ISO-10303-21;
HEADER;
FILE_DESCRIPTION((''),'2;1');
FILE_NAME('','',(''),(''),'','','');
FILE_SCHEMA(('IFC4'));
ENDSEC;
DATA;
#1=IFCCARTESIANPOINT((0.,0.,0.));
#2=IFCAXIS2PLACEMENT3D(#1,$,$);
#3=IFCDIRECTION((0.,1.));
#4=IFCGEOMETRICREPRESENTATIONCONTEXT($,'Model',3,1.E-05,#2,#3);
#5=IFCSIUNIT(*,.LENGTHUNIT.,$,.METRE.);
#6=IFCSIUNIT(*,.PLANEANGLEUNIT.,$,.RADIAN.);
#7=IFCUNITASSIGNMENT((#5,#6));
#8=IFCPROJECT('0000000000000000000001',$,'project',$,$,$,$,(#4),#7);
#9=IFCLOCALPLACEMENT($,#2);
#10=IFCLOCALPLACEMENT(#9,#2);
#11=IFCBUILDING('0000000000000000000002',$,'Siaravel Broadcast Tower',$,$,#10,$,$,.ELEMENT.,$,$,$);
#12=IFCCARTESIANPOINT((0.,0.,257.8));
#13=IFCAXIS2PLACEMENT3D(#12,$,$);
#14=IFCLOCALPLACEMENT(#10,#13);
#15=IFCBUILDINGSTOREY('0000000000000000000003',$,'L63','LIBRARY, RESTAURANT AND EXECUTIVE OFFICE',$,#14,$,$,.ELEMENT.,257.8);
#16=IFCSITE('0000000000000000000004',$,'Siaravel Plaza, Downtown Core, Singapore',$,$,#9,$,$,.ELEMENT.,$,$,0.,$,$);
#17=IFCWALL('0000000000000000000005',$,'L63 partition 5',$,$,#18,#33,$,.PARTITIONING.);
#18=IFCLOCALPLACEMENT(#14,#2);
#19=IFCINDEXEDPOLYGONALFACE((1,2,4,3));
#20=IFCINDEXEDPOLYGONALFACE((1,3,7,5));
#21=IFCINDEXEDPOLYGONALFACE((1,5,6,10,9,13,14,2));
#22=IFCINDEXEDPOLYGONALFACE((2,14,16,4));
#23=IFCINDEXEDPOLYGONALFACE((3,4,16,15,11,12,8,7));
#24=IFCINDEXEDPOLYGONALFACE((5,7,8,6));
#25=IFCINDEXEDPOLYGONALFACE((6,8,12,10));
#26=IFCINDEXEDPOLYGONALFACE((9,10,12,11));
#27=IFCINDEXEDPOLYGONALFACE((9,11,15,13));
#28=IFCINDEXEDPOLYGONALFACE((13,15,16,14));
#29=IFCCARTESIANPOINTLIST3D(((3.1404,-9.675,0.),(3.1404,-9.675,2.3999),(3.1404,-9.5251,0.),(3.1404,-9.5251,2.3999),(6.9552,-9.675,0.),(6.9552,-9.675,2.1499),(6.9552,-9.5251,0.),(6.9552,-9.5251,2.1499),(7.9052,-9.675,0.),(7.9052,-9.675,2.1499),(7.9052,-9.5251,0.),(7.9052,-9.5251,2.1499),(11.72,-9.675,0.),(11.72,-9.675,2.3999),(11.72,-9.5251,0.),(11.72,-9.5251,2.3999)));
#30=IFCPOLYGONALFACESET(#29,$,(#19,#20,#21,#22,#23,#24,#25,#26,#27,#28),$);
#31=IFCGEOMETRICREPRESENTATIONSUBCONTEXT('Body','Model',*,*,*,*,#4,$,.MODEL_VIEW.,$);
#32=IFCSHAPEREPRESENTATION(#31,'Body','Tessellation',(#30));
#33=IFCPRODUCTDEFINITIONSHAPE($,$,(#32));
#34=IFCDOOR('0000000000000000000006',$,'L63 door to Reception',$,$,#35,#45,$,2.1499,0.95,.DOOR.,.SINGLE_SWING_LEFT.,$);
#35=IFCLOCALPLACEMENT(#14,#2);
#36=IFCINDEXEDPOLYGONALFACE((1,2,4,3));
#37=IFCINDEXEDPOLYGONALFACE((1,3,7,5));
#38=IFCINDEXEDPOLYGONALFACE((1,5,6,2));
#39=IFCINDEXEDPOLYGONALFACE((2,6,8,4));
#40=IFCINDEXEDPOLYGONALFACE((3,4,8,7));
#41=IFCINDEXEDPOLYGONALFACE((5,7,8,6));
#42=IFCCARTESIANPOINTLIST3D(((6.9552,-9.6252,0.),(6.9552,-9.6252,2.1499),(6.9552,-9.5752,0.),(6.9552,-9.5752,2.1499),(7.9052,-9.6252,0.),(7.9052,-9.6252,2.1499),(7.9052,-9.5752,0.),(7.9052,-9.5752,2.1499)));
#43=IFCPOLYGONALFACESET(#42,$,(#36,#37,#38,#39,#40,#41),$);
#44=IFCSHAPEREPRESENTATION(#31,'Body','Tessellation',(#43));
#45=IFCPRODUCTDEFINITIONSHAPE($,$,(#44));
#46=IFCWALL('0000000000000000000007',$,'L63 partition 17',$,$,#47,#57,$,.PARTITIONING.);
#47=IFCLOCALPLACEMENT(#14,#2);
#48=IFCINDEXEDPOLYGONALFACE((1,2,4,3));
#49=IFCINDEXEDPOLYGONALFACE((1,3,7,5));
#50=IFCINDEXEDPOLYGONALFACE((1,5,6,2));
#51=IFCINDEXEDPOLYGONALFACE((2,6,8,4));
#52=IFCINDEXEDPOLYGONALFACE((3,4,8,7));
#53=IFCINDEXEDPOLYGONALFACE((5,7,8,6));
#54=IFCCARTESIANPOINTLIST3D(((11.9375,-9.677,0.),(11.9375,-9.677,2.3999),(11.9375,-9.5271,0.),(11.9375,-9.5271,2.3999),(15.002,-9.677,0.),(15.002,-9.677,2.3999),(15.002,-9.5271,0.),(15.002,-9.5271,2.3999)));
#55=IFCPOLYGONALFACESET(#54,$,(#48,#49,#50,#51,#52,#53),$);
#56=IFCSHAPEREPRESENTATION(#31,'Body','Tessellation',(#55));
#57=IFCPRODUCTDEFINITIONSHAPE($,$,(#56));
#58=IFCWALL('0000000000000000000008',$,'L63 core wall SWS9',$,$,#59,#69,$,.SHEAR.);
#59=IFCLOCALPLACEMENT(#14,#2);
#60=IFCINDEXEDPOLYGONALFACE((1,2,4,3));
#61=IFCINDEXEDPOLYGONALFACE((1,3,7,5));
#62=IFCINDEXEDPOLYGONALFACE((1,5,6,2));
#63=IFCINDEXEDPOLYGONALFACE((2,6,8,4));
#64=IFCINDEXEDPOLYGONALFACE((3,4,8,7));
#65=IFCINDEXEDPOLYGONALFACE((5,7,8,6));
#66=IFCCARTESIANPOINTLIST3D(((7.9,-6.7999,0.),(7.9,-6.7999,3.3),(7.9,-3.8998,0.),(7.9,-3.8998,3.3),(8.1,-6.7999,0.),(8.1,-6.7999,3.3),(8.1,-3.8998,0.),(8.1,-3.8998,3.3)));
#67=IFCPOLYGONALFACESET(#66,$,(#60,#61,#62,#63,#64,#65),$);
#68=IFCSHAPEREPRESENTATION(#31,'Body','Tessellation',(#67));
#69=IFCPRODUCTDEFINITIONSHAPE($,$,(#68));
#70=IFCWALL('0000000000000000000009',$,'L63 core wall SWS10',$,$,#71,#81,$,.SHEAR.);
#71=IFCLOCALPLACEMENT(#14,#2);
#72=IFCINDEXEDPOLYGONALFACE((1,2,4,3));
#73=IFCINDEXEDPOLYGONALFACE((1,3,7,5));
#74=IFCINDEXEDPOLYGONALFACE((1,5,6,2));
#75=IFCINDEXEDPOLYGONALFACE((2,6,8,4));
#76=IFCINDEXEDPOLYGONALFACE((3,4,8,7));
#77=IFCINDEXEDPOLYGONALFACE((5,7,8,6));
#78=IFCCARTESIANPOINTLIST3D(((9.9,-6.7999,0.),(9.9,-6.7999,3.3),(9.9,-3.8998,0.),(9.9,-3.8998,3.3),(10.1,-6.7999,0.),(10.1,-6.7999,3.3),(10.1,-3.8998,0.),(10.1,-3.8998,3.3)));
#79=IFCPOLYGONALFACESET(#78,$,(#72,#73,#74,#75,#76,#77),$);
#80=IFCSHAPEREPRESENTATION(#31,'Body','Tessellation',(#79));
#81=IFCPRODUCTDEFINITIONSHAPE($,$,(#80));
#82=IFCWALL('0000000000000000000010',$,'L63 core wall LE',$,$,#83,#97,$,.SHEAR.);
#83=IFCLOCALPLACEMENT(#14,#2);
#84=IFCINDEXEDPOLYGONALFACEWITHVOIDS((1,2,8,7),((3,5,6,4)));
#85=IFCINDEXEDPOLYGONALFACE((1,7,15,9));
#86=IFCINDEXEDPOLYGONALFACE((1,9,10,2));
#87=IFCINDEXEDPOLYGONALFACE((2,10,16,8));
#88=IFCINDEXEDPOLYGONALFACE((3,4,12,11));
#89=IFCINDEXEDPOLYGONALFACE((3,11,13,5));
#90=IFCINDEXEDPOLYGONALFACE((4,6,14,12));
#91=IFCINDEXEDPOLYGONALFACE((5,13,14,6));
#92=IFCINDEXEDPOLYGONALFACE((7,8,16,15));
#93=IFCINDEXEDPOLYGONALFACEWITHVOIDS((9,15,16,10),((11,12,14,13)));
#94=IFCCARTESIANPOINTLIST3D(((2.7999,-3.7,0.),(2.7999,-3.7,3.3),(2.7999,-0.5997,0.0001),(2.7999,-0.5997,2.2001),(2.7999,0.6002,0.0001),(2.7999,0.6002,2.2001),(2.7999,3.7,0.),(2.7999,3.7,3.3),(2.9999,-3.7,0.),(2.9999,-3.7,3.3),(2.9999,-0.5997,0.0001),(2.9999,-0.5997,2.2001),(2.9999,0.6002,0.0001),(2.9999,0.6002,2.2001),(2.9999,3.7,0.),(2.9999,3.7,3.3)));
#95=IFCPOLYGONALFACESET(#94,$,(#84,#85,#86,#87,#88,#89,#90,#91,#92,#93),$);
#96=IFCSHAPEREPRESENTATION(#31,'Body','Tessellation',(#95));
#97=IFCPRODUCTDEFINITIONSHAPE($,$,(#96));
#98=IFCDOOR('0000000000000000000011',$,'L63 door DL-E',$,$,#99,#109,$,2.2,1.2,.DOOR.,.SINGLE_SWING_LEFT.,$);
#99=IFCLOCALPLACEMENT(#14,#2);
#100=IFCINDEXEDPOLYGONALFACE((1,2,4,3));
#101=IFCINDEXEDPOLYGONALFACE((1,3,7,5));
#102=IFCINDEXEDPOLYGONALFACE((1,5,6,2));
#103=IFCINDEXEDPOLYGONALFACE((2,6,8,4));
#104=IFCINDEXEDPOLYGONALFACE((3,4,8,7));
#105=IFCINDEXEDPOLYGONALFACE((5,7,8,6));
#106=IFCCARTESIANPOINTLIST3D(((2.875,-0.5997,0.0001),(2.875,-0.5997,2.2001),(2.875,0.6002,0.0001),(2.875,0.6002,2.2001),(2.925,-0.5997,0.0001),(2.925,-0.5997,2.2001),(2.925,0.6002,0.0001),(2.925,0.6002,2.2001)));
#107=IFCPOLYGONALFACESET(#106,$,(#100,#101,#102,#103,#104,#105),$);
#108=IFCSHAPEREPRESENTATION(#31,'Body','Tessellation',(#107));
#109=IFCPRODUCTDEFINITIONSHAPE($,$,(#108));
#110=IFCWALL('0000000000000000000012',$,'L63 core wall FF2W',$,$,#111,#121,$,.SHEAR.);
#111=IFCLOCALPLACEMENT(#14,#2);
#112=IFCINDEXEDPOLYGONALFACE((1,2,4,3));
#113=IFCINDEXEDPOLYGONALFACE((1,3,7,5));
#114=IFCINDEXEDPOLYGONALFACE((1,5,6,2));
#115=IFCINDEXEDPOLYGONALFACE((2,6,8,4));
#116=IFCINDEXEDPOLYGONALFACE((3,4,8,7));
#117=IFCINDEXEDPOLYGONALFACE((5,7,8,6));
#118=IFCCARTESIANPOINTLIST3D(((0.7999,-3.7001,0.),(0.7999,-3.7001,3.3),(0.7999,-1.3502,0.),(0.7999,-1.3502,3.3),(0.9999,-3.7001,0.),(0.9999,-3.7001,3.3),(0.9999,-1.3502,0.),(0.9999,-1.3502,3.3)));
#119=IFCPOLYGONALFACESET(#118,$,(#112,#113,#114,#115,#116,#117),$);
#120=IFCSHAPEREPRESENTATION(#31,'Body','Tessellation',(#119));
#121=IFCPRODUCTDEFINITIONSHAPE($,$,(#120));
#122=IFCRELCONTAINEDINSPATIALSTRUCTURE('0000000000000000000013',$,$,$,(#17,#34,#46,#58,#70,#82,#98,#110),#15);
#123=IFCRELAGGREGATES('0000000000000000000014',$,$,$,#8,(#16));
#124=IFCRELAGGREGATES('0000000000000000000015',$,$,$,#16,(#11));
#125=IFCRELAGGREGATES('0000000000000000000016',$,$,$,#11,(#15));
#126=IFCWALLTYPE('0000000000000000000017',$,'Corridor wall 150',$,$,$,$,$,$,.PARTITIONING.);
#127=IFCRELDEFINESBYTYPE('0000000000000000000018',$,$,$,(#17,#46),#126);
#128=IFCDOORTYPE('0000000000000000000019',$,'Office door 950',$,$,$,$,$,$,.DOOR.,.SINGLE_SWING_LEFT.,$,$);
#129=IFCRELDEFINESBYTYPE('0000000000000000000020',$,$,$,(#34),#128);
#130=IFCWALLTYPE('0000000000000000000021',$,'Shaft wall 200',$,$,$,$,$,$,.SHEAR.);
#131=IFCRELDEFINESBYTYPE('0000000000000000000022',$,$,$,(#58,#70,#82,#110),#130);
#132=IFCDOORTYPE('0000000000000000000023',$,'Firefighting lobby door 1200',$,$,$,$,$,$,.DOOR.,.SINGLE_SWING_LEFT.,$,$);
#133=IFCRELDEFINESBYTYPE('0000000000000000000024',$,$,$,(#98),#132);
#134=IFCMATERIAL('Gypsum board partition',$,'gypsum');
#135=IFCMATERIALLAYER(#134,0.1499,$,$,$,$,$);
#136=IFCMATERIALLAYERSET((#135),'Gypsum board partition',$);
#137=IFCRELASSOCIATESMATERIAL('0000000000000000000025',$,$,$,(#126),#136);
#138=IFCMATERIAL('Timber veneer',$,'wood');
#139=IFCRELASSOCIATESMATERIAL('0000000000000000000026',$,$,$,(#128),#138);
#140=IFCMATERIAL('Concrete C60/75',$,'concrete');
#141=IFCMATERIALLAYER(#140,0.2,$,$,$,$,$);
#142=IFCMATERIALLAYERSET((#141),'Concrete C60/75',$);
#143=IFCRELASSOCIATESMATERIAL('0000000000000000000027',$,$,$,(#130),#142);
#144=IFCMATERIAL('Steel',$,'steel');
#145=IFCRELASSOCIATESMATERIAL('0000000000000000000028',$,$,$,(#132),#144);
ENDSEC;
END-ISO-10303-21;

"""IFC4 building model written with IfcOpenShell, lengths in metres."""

from ifc_helpers import new_model, si_unit, direction, frame, frame_2d, origin, place, context, subcontext, project, spatial, rectangle, extrude, material, layer, layer_set, type_object, element, fill, save


model = new_model("IFC4")

# Units and contexts
model_context = context("Model", 3, precision=1e-05, world=origin(), true_north=direction((0.0, 1.0)))
body_context = subcontext(model_context, "Body", "Model", "MODEL_VIEW")
ifc_project = project(units=[si_unit("LENGTHUNIT", "METRE"), si_unit("PLANEANGLEUNIT", "RADIAN")], contexts=[model_context])

# Site, building, storey
site_placement = place(None, origin())
site = spatial("IfcSite", under=ifc_project, at=site_placement, Name="Siaravel Plaza, Downtown Core, Singapore", CompositionType="ELEMENT", RefElevation=0.0)
building_placement = place(site_placement, origin())
building = spatial("IfcBuilding", under=site, at=building_placement, Name="Siaravel Broadcast Tower", CompositionType="ELEMENT")
storey_placement = place(building_placement, frame((0.0, 0.0, 257.8)))
storey = spatial("IfcBuildingStorey", under=building, at=storey_placement, Name="L63", Description="LIBRARY, RESTAURANT AND EXECUTIVE OFFICE", CompositionType="ELEMENT", Elevation=257.8)

# Shared definitions
ifc_material_1 = material(Name="Concrete C60/75", Category="concrete")
ifc_material_2 = material(Name="Steel", Category="steel")

# Shared definitions
ifc_material_3 = material(Name="Gypsum board partition", Category="gypsum")
ifc_layer_1 = layer(ifc_material_3, 0.1499)
ifc_layer_set_1 = layer_set([ifc_layer_1], Name="Gypsum board partition")
wall_type_1 = type_object("IfcWallType", Name="Corridor wall 150", PredefinedType="PARTITIONING", material=ifc_layer_set_1)
ifc_material_4 = material(Name="Timber veneer", Category="wood")

# Wall, opening, door
wall_1_placement = place(storey_placement, frame((3.1404, -9.6001, 0.0), z_axis=(0.0, 0.0, 1.0), x_axis=(1.0, 0.0, 0.0)))
wall_1 = element("IfcWall", 1, at=wall_1_placement, inside=storey, type_object=wall_type_1, Name="L63 partition 5", PredefinedType="PARTITIONING", context=body_context, shape_type="SweptSolid", body=[
    extrude(rectangle(XDim=8.5796, YDim=0.1499, at=frame_2d((4.2898, 0.0))), origin(), (0.0, 0.0, 1.0), 2.3999),
])
opening_1_placement = place(wall_1_placement, frame((3.8147, 0.0, 0.0)))
opening_1 = element("IfcOpeningElement", 2, at=opening_1_placement, cuts=wall_1, PredefinedType="OPENING", context=body_context, shape_type="SweptSolid", body=[
    extrude(rectangle(XDim=0.95, YDim=2.1499, at=frame_2d((0.4751, 1.075))), frame((0.0, 0.085, 0.0), z_axis=(0.0, -1.0, 0.0), x_axis=(1.0, 0.0, 0.0)), (0.0, 0.0, 1.0), 0.1699),
])
door_type_1 = type_object("IfcDoorType", Name="Office door 950", OperationType="SINGLE_SWING_LEFT", PredefinedType="DOOR", material=ifc_material_4)
door_1_placement = place(opening_1_placement, origin())
door_1 = element("IfcDoor", 3, at=door_1_placement, inside=storey, type_object=door_type_1, Name="L63 door to Reception", OperationType="SINGLE_SWING_LEFT", OverallHeight=2.1499, OverallWidth=0.95, PredefinedType="DOOR", context=body_context, shape_type="SweptSolid", body=[
    extrude(rectangle(XDim=0.95, YDim=2.1499, at=frame_2d((0.4751, 1.075))), frame((0.0, 0.0249, 0.0), z_axis=(0.0, -1.0, 0.0), x_axis=(1.0, 0.0, 0.0)), (0.0, 0.0, 1.0), 0.05),
])
fill(opening_1, door_1)

# Walls
wall_2_placement = place(storey_placement, frame((11.9375, -9.6021, 0.0), z_axis=(0.0, 0.0, 1.0), x_axis=(1.0, 0.0, 0.0)))
element("IfcWall", 4, at=wall_2_placement, inside=storey, type_object=wall_type_1, Name="L63 partition 17", PredefinedType="PARTITIONING", context=body_context, shape_type="SweptSolid", body=[
    extrude(rectangle(XDim=3.0645, YDim=0.1499, at=frame_2d((1.5322, 0.0))), origin(), (0.0, 0.0, 1.0), 2.3999),
])
ifc_layer_2 = layer(ifc_material_1, 0.2)
ifc_layer_set_2 = layer_set([ifc_layer_2], Name="Concrete C60/75")
wall_type_2 = type_object("IfcWallType", Name="Shaft wall 200", PredefinedType="SHEAR", material=ifc_layer_set_2)
for number, where, z_axis, x_axis, name in (
    (5, (8.0, -6.8, 0.0), (0.0, 0.0, 1.0), (0.0, 1.0, 0.0), "L63 core wall SWS9"),
    (6, (10.0, -6.8, 0.0), (0.0, 0.0, 1.0), (0.0, 1.0, 0.0), "L63 core wall SWS10"),
):
    element("IfcWall", number, at=place(storey_placement, frame(where, z_axis=z_axis, x_axis=x_axis)), inside=storey, type_object=wall_type_2, Name=name, PredefinedType="SHEAR", context=body_context, shape_type="SweptSolid", body=[
        extrude(rectangle(XDim=2.9001, YDim=0.2, at=frame_2d((1.4502, 0.0))), origin(), (0.0, 0.0, 1.0), 3.3),
    ])

# Wall, opening, door
wall_3_placement = place(storey_placement, frame((2.8999, -3.7, 0.0), z_axis=(0.0, 0.0, 1.0), x_axis=(0.0, 1.0, 0.0)))
wall_3 = element("IfcWall", 7, at=wall_3_placement, inside=storey, type_object=wall_type_2, Name="L63 core wall LE", PredefinedType="SHEAR", context=body_context, shape_type="SweptSolid", body=[
    extrude(rectangle(XDim=7.3999, YDim=0.2, at=frame_2d((3.7, 0.0))), origin(), (0.0, 0.0, 1.0), 3.3),
])
opening_2_placement = place(wall_3_placement, frame((3.1001, 0.0, 0.0)))
opening_2 = element("IfcOpeningElement", 8, at=opening_2_placement, cuts=wall_3, PredefinedType="OPENING", context=body_context, shape_type="SweptSolid", body=[
    extrude(rectangle(XDim=1.2, YDim=2.2, at=frame_2d((0.6001, 1.1001))), frame((0.0, 0.1099, 0.0), z_axis=(0.0, -1.0, 0.0), x_axis=(1.0, 0.0, 0.0)), (0.0, 0.0, 1.0), 0.22),
])
door_type_2 = type_object("IfcDoorType", Name="Firefighting lobby door 1200", OperationType="SINGLE_SWING_LEFT", PredefinedType="DOOR", material=ifc_material_2)
door_2_placement = place(opening_2_placement, origin())
door_2 = element("IfcDoor", 9, at=door_2_placement, inside=storey, type_object=door_type_2, Name="L63 door DL-E", OperationType="SINGLE_SWING_LEFT", OverallHeight=2.2, OverallWidth=1.2, PredefinedType="DOOR", context=body_context, shape_type="SweptSolid", body=[
    extrude(rectangle(XDim=1.2, YDim=2.2, at=frame_2d((0.6001, 1.1001))), frame((0.0, 0.0249, 0.0), z_axis=(0.0, -1.0, 0.0), x_axis=(1.0, 0.0, 0.0)), (0.0, 0.0, 1.0), 0.05),
])
fill(opening_2, door_2)

# Wall
wall_4_placement = place(storey_placement, frame((0.8999, -3.7, 0.0), z_axis=(0.0, 0.0, 1.0), x_axis=(0.0, 1.0, 0.0)))
element("IfcWall", 10, at=wall_4_placement, inside=storey, type_object=wall_type_2, Name="L63 core wall FF2W", PredefinedType="SHEAR", context=body_context, shape_type="SweptSolid", body=[
    extrude(rectangle(XDim=2.3499, YDim=0.2, at=frame_2d((1.1748, 0.0))), origin(), (0.0, 0.0, 1.0), 3.3),
])

save(model, "model.ifc")
